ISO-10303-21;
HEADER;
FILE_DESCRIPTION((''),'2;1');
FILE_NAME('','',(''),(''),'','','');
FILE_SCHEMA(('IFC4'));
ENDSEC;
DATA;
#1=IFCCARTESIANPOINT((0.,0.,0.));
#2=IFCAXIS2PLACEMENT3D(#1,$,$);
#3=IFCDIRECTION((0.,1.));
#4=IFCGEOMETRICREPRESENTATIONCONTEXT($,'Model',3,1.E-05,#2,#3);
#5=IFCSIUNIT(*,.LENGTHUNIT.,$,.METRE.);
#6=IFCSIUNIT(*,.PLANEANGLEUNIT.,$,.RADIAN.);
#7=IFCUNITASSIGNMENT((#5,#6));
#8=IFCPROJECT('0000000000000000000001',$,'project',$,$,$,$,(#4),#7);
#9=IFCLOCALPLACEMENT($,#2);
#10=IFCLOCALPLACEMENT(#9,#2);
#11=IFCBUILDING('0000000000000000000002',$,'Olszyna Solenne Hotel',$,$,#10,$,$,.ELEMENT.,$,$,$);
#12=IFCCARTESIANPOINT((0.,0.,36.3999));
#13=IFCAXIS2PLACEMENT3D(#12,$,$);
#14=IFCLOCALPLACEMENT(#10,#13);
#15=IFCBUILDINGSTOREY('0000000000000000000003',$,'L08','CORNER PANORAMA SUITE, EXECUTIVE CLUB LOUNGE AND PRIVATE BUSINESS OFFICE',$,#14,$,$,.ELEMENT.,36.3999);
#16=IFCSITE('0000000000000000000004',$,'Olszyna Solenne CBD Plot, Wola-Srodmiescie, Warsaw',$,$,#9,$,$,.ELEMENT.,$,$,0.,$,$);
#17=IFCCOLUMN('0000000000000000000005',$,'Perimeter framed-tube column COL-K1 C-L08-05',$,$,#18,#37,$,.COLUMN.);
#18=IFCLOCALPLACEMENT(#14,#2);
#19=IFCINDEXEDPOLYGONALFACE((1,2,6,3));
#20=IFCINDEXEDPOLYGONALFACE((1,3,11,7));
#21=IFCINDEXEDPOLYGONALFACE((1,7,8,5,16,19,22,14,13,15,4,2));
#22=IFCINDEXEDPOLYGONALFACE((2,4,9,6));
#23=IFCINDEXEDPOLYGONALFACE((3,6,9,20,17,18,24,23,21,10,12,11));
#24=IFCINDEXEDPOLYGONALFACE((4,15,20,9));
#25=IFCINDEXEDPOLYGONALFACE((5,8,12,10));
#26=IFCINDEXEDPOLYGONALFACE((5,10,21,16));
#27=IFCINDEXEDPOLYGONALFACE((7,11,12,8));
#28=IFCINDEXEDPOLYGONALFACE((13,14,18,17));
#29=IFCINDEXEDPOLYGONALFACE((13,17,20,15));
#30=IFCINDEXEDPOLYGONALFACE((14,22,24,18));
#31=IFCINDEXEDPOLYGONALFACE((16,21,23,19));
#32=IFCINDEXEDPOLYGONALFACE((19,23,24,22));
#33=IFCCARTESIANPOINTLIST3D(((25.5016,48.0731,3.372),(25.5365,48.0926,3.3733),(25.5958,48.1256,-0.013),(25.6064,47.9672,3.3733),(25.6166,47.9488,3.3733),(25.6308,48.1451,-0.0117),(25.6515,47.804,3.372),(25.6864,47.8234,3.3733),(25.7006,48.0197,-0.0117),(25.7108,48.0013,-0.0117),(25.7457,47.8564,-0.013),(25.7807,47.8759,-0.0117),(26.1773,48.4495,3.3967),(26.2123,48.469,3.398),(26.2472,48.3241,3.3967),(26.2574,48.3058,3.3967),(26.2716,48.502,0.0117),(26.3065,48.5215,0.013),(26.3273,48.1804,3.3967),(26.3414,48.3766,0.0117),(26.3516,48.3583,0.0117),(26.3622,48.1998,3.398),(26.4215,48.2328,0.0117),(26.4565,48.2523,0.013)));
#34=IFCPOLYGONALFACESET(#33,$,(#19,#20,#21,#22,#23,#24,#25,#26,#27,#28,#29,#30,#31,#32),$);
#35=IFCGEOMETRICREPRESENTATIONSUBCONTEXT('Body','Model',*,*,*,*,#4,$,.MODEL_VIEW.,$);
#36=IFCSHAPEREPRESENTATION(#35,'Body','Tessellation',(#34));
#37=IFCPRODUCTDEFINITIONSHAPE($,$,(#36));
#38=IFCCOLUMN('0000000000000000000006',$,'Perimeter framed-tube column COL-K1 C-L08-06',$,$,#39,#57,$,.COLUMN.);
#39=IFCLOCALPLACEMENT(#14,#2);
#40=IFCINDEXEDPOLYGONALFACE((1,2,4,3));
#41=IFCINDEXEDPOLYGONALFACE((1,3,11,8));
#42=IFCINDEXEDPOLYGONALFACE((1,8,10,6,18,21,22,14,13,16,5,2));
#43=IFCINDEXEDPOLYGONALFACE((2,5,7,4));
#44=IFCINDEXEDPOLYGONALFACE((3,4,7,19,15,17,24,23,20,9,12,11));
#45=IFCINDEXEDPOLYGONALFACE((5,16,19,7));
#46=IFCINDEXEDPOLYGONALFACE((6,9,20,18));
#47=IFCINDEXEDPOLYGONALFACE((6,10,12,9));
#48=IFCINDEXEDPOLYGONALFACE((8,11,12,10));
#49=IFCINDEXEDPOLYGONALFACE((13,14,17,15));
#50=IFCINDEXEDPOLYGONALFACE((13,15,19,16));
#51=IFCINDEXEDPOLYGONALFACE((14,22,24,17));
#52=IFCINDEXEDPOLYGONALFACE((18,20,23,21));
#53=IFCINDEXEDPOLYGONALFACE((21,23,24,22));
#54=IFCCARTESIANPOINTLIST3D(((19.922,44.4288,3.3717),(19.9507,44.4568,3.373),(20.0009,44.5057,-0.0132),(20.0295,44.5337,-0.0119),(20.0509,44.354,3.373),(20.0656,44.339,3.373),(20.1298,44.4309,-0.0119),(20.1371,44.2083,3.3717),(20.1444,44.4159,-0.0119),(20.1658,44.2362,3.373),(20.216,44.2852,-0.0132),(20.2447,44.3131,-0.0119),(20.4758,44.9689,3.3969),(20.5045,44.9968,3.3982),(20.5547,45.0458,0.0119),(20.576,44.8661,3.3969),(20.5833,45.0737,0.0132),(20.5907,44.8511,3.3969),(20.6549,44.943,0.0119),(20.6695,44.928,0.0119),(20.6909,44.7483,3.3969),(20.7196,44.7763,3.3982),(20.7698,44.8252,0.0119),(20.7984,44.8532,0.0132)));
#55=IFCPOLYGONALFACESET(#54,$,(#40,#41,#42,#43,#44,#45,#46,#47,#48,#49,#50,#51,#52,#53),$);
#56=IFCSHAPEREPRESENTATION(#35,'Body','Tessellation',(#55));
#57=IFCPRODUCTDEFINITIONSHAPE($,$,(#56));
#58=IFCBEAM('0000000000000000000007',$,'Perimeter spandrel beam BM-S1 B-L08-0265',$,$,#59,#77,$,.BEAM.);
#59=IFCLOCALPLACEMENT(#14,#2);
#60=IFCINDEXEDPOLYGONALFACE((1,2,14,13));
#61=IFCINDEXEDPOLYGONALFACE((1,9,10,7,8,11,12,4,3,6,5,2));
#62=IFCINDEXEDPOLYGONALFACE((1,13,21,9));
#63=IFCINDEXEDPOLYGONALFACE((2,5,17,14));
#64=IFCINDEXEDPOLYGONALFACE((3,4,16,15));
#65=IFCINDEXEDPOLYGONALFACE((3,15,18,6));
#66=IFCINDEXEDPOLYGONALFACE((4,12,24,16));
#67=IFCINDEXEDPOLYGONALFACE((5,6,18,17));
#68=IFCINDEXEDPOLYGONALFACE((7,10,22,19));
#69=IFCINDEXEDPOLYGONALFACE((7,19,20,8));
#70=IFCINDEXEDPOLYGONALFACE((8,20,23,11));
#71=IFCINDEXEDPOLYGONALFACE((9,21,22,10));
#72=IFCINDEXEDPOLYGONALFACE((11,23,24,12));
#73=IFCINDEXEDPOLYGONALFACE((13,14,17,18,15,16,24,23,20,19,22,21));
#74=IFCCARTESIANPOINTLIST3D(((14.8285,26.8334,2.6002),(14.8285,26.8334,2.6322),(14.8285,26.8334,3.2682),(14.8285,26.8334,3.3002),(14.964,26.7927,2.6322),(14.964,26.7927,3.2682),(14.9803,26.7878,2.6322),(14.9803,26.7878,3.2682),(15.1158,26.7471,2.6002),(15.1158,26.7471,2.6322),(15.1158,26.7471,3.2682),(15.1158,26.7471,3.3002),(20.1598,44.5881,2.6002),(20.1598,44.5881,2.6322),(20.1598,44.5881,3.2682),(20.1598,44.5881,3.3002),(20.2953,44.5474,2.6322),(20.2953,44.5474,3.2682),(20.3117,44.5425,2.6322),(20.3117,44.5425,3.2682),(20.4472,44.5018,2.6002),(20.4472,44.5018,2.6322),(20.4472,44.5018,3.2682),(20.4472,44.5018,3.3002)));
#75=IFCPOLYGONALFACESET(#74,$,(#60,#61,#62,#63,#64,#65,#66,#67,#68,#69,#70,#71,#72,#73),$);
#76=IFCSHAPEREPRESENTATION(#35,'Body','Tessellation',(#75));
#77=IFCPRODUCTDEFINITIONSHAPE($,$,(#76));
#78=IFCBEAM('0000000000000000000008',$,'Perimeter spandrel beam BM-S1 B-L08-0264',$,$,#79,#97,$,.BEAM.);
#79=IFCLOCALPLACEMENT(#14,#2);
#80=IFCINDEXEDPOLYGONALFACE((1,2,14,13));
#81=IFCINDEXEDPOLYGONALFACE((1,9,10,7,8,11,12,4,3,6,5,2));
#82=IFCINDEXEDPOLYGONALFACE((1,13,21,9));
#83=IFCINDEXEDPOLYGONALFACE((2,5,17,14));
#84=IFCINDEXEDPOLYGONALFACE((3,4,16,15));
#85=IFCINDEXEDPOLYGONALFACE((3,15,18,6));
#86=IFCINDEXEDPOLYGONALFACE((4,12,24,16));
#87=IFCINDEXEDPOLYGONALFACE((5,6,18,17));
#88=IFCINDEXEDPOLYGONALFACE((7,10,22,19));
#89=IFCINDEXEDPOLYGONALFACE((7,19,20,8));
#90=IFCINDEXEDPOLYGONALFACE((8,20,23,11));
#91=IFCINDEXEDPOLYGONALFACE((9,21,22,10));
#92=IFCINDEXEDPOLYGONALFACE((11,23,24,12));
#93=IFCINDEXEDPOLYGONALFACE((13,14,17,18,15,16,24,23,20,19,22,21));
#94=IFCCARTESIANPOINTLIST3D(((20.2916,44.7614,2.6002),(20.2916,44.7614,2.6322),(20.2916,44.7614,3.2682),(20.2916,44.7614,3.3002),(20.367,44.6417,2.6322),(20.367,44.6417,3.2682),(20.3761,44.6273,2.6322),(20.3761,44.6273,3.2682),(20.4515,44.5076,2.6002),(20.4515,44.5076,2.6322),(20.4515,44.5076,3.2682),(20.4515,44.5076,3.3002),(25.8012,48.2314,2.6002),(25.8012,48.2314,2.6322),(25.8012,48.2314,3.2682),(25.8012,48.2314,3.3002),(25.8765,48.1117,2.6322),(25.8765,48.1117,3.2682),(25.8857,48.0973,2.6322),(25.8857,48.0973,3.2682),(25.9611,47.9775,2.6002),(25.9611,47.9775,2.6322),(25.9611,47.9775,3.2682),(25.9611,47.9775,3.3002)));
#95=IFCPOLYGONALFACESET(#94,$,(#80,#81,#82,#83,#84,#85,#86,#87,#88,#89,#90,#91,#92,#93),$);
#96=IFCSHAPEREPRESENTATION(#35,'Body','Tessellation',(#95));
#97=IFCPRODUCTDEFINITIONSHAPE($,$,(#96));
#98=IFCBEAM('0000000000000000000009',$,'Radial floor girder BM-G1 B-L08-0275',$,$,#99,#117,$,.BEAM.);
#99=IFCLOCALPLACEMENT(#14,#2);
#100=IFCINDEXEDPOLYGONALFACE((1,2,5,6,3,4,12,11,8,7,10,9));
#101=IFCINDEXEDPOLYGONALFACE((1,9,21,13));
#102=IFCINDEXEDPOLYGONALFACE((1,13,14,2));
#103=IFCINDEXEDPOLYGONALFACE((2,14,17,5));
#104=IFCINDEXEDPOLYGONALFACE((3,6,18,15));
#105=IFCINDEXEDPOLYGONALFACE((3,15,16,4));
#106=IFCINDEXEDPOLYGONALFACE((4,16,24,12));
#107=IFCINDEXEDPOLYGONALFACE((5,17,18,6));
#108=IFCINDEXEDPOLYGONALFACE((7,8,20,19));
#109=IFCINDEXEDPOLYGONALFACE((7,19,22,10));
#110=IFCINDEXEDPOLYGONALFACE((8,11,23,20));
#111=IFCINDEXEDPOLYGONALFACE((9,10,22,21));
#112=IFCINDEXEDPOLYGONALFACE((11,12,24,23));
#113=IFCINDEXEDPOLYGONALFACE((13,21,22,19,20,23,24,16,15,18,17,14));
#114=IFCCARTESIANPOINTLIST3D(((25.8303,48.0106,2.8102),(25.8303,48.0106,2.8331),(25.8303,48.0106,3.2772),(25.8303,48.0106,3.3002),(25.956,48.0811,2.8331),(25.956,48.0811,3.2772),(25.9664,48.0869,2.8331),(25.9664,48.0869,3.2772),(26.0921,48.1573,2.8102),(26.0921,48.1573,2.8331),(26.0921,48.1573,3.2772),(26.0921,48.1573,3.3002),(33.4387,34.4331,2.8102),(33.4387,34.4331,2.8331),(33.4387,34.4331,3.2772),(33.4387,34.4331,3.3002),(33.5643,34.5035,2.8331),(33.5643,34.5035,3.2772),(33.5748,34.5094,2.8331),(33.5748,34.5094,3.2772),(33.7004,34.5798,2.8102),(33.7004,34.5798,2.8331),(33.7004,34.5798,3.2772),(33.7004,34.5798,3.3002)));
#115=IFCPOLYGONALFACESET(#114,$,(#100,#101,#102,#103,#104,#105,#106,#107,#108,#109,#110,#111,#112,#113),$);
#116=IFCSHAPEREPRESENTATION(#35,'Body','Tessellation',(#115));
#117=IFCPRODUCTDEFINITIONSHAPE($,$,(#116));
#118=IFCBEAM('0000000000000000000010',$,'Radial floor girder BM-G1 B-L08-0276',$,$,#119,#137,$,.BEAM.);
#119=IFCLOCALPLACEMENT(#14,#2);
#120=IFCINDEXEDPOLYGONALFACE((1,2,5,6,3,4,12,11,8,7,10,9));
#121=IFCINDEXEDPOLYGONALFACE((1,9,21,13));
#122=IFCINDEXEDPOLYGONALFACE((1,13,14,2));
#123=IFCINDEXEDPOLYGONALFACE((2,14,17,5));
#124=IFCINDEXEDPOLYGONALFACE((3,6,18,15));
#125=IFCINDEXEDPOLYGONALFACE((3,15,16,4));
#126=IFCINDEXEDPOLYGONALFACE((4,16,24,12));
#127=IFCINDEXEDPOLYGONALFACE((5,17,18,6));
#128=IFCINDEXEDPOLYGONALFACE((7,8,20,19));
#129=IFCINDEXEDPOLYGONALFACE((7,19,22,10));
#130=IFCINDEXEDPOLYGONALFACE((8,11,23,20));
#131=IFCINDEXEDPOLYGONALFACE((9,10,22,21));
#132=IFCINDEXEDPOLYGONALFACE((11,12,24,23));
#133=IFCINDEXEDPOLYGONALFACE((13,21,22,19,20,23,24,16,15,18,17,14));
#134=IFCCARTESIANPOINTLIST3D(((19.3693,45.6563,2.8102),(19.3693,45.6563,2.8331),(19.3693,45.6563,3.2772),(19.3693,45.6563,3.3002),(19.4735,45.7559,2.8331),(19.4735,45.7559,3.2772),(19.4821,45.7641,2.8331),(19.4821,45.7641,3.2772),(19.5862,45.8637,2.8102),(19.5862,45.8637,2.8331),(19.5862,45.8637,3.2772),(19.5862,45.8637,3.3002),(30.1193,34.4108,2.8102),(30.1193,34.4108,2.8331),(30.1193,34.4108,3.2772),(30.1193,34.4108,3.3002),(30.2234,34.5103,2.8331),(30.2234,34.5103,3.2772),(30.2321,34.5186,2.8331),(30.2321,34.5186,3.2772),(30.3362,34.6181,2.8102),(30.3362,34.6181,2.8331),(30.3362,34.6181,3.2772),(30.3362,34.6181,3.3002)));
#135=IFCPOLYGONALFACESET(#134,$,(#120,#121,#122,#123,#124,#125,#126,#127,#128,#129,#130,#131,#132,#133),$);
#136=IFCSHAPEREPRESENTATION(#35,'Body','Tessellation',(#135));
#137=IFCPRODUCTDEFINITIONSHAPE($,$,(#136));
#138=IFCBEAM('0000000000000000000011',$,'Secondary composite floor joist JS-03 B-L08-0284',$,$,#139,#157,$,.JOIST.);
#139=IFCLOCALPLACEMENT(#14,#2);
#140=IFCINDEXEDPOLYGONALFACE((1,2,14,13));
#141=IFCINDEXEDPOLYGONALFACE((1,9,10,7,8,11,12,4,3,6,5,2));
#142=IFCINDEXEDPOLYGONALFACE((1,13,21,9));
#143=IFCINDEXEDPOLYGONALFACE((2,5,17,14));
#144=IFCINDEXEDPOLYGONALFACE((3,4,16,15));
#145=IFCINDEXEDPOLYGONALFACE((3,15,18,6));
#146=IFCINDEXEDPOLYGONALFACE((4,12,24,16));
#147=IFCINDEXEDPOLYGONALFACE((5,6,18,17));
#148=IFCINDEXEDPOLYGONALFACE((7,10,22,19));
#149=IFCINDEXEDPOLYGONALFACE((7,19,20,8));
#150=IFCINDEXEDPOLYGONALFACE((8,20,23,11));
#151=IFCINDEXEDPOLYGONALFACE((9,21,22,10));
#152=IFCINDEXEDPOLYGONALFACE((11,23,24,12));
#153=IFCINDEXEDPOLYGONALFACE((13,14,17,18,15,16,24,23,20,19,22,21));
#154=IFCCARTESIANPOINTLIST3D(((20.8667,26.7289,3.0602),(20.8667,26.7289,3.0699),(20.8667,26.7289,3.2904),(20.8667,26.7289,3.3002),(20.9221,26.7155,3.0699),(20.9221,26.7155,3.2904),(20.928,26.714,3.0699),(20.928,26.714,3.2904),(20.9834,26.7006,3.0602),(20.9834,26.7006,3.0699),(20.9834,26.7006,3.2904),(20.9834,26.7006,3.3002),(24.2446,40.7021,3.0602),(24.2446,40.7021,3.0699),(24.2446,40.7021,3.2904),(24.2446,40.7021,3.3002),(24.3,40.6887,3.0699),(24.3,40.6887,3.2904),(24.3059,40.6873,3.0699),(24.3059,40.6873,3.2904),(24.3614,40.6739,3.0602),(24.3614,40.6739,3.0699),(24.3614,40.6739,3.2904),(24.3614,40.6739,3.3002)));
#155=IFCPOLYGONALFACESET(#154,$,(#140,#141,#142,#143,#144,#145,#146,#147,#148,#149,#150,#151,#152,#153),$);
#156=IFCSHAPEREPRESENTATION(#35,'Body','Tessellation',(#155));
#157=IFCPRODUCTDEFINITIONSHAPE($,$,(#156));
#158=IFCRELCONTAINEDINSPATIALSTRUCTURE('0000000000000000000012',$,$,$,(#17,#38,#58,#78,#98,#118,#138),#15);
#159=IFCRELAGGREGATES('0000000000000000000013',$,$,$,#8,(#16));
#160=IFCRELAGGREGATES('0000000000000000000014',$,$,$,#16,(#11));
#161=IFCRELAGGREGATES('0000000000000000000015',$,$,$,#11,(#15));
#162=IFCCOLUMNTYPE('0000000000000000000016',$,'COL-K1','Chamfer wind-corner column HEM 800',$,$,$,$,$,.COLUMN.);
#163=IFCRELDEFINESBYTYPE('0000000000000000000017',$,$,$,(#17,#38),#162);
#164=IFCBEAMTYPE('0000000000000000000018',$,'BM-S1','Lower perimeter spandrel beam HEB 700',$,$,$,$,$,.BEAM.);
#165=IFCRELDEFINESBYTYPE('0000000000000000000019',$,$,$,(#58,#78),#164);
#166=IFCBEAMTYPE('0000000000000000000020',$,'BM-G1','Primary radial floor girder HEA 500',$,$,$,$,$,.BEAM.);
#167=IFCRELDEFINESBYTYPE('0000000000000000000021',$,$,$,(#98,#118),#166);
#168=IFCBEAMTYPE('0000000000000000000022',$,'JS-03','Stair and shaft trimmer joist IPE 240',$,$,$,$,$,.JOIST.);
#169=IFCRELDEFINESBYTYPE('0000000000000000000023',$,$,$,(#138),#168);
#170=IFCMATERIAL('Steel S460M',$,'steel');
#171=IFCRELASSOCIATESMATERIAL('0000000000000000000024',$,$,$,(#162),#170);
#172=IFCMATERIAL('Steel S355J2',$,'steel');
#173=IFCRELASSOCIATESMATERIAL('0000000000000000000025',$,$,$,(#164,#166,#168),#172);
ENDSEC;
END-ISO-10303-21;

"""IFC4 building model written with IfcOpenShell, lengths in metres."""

from ifc_helpers import new_model, si_unit, direction, frame, origin, origin_2d, place, context, subcontext, project, spatial, i_section, extrude, source, transform, mapped, material, material_profile, profile_set, type_object, element, save


model = new_model("IFC4")

# Units and contexts
model_context = context("Model", 3, precision=1e-05, world=origin(), true_north=direction((0.0, 1.0)))
body_context = subcontext(model_context, "Body", "Model", "MODEL_VIEW")
ifc_project = project(units=[si_unit("LENGTHUNIT", "METRE"), si_unit("PLANEANGLEUNIT", "RADIAN")], contexts=[model_context])

# Site, building, storey
site_placement = place(None, origin())
site = spatial("IfcSite", under=ifc_project, at=site_placement, Name="Olszyna Solenne CBD Plot, Wola-Srodmiescie, Warsaw", CompositionType="ELEMENT", RefElevation=0.0)
building_placement = place(site_placement, origin())
building = spatial("IfcBuilding", under=site, at=building_placement, Name="Olszyna Solenne Hotel", CompositionType="ELEMENT")
storey_placement = place(building_placement, frame((0.0, 0.0, 36.3999)))
storey = spatial("IfcBuildingStorey", under=building, at=storey_placement, Name="L08", Description="CORNER PANORAMA SUITE, EXECUTIVE CLUB LOUNGE AND PRIVATE BUSINESS OFFICE", CompositionType="ELEMENT", Elevation=36.3999)

# Columns
ifc_material_1 = material(Name="Steel S460M", Category="steel")
ifc_material_profile_1 = material_profile(ifc_material_1, i_section(OverallWidth=0.3081, OverallDepth=0.814, WebThickness=0.021, FlangeThickness=0.04, at=origin_2d()), Name="HEM 800", Category="load-bearing")
ifc_profile_set_1 = profile_set([ifc_material_profile_1], Name="Steel S460M")
column_type = type_object("IfcColumnType", Name="COL-K1", Description="Chamfer wind-corner column HEM 800", PredefinedType="COLUMN", material=ifc_profile_set_1)
shared_shape_1 = source(origin(), body_context, "Body", "SweptSolid", [
    extrude(i_section(OverallWidth=0.3081, OverallDepth=0.814, WebThickness=0.021, FlangeThickness=0.04, at=origin_2d()), origin(), (0.0, 0.0, 1.0), 3.3867),
])
for number, where, z_axis, x_axis, name in (
    (1, (26.0261, 48.189, 0.0), (-0.027826, -0.015499, 0.999493), (0.486603, -0.873623, 0.0), "Perimeter framed-tube column COL-K1 C-L08-05"),
    (2, (20.3997, 44.6794, 0.0), (-0.023284, -0.022707, 0.999471), (0.698185, -0.715917, 0.0), "Perimeter framed-tube column COL-K1 C-L08-06"),
):
    element("IfcColumn", number, at=place(storey_placement, frame(where, z_axis=z_axis, x_axis=x_axis)), inside=storey, type_object=column_type, Name=name, PredefinedType="COLUMN", context=body_context, shape_type="MappedRepresentation", body=[
        mapped(shared_shape_1, transform((0.0, 0.0, 0.0), x_axis=(1.0, 0.0, 0.0), y_axis=(0.0, 1.0, 0.0), z_axis=(0.0, 0.0, 1.0), scale=1.0)),
    ])

# Beams
ifc_material_2 = material(Name="Steel S355J2", Category="steel")
ifc_material_profile_2 = material_profile(ifc_material_2, i_section(OverallWidth=0.3, OverallDepth=0.7, WebThickness=0.0171, FlangeThickness=0.032, at=origin_2d()), Name="HEB 700", Category="load-bearing")
ifc_profile_set_2 = profile_set([ifc_material_profile_2], Name="Steel S355J2")
beam_type_1 = type_object("IfcBeamType", Name="BM-S1", Description="Lower perimeter spandrel beam HEB 700", PredefinedType="BEAM", material=ifc_profile_set_2)
shared_shape_2 = source(origin(), body_context, "Body", "SweptSolid", [
    extrude(i_section(OverallWidth=0.3, OverallDepth=0.7, WebThickness=0.0171, FlangeThickness=0.032, at=origin_2d()), origin(), (0.0, 0.0, 1.0), 18.5378),
])
beam_1_placement = place(storey_placement, frame((20.3035, 44.5449, 2.9502), z_axis=(-0.287591, -0.957753, 0.0), x_axis=(0.957753, -0.287591, 0.0)))
element("IfcBeam", 3, at=beam_1_placement, inside=storey, type_object=beam_type_1, Name="Perimeter spandrel beam BM-S1 B-L08-0265", PredefinedType="BEAM", context=body_context, shape_type="MappedRepresentation", body=[
    mapped(shared_shape_2, transform((0.0, 0.0, 0.0), x_axis=(1.0, 0.0, 0.0), y_axis=(0.0, 1.0, 0.0), z_axis=(0.0, 0.0, 1.0), scale=1.0)),
])
shared_shape_3 = source(origin(), body_context, "Body", "SweptSolid", [
    extrude(i_section(OverallWidth=0.3, OverallDepth=0.7, WebThickness=0.0171, FlangeThickness=0.032, at=origin_2d()), origin(), (0.0, 0.0, 1.0), 6.5112),
])
beam_2_placement = place(storey_placement, frame((25.8811, 48.1045, 2.9502), z_axis=(-0.846163, -0.532925, 0.0), x_axis=(0.532925, -0.846163, 0.0)))
element("IfcBeam", 4, at=beam_2_placement, inside=storey, type_object=beam_type_1, Name="Perimeter spandrel beam BM-S1 B-L08-0264", PredefinedType="BEAM", context=body_context, shape_type="MappedRepresentation", body=[
    mapped(shared_shape_3, transform((0.0, 0.0, 0.0), x_axis=(1.0, 0.0, 0.0), y_axis=(0.0, 1.0, 0.0), z_axis=(0.0, 0.0, 1.0), scale=1.0)),
])
ifc_material_profile_3 = material_profile(ifc_material_2, i_section(OverallWidth=0.3, OverallDepth=0.49, WebThickness=0.012, FlangeThickness=0.0229, at=origin_2d()), Name="HEA 500", Category="load-bearing")
ifc_profile_set_3 = profile_set([ifc_material_profile_3], Name="Steel S355J2")
beam_type_2 = type_object("IfcBeamType", Name="BM-G1", Description="Primary radial floor girder HEA 500", PredefinedType="BEAM", material=ifc_profile_set_3)
shared_shape_4 = source(origin(), body_context, "Body", "SweptSolid", [
    extrude(i_section(OverallWidth=0.3, OverallDepth=0.49, WebThickness=0.012, FlangeThickness=0.0229, at=origin_2d()), origin(), (0.0, 0.0, 1.0), 15.564),
])
beam_3_placement = place(storey_placement, frame((25.9612, 48.084, 3.0552), z_axis=(0.488844, -0.872371, 0.0), x_axis=(0.872371, 0.488844, 0.0)))
element("IfcBeam", 5, at=beam_3_placement, inside=storey, type_object=beam_type_2, Name="Radial floor girder BM-G1 B-L08-0275", PredefinedType="BEAM", context=body_context, shape_type="MappedRepresentation", body=[
    mapped(shared_shape_4, transform((0.0, 0.0, 0.0), x_axis=(1.0, 0.0, 0.0), y_axis=(0.0, 1.0, 0.0), z_axis=(0.0, 0.0, 1.0), scale=1.0)),
])
shared_shape_5 = source(origin(), body_context, "Body", "SweptSolid", [
    extrude(i_section(OverallWidth=0.3, OverallDepth=0.49, WebThickness=0.012, FlangeThickness=0.0229, at=origin_2d()), origin(), (0.0, 0.0, 1.0), 15.5571),
])
beam_4_placement = place(storey_placement, frame((19.4778, 45.76, 3.0552), z_axis=(0.690999, -0.722856, 0.0), x_axis=(0.722856, 0.690999, 0.0)))
element("IfcBeam", 6, at=beam_4_placement, inside=storey, type_object=beam_type_2, Name="Radial floor girder BM-G1 B-L08-0276", PredefinedType="BEAM", context=body_context, shape_type="MappedRepresentation", body=[
    mapped(shared_shape_5, transform((0.0, 0.0, 0.0), x_axis=(1.0, 0.0, 0.0), y_axis=(0.0, 1.0, 0.0), z_axis=(0.0, 0.0, 1.0), scale=1.0)),
])
ifc_material_profile_4 = material_profile(ifc_material_2, i_section(OverallWidth=0.1201, OverallDepth=0.24, WebThickness=0.0061, FlangeThickness=0.0098, at=origin_2d()), Name="IPE 240", Category="load-bearing")
ifc_profile_set_4 = profile_set([ifc_material_profile_4], Name="Steel S355J2")
beam_type_3 = type_object("IfcBeamType", Name="JS-03", Description="Stair and shaft trimmer joist IPE 240", PredefinedType="JOIST", material=ifc_profile_set_4)
shared_shape_6 = source(origin(), body_context, "Body", "SweptSolid", [
    extrude(i_section(OverallWidth=0.1201, OverallDepth=0.24, WebThickness=0.0061, FlangeThickness=0.0098, at=origin_2d()), origin(), (0.0, 0.0, 1.0), 14.3757),
])
beam_5_placement = place(storey_placement, frame((24.303, 40.688, 3.1802), z_axis=(-0.234976, -0.972001, 0.0), x_axis=(0.972001, -0.234976, 0.0)))
element("IfcBeam", 7, at=beam_5_placement, inside=storey, type_object=beam_type_3, Name="Secondary composite floor joist JS-03 B-L08-0284", PredefinedType="JOIST", context=body_context, shape_type="MappedRepresentation", body=[
    mapped(shared_shape_6, transform((0.0, 0.0, 0.0), x_axis=(1.0, 0.0, 0.0), y_axis=(0.0, 1.0, 0.0), z_axis=(0.0, 0.0, 1.0), scale=1.0)),
])

save(model, "model.ifc")
